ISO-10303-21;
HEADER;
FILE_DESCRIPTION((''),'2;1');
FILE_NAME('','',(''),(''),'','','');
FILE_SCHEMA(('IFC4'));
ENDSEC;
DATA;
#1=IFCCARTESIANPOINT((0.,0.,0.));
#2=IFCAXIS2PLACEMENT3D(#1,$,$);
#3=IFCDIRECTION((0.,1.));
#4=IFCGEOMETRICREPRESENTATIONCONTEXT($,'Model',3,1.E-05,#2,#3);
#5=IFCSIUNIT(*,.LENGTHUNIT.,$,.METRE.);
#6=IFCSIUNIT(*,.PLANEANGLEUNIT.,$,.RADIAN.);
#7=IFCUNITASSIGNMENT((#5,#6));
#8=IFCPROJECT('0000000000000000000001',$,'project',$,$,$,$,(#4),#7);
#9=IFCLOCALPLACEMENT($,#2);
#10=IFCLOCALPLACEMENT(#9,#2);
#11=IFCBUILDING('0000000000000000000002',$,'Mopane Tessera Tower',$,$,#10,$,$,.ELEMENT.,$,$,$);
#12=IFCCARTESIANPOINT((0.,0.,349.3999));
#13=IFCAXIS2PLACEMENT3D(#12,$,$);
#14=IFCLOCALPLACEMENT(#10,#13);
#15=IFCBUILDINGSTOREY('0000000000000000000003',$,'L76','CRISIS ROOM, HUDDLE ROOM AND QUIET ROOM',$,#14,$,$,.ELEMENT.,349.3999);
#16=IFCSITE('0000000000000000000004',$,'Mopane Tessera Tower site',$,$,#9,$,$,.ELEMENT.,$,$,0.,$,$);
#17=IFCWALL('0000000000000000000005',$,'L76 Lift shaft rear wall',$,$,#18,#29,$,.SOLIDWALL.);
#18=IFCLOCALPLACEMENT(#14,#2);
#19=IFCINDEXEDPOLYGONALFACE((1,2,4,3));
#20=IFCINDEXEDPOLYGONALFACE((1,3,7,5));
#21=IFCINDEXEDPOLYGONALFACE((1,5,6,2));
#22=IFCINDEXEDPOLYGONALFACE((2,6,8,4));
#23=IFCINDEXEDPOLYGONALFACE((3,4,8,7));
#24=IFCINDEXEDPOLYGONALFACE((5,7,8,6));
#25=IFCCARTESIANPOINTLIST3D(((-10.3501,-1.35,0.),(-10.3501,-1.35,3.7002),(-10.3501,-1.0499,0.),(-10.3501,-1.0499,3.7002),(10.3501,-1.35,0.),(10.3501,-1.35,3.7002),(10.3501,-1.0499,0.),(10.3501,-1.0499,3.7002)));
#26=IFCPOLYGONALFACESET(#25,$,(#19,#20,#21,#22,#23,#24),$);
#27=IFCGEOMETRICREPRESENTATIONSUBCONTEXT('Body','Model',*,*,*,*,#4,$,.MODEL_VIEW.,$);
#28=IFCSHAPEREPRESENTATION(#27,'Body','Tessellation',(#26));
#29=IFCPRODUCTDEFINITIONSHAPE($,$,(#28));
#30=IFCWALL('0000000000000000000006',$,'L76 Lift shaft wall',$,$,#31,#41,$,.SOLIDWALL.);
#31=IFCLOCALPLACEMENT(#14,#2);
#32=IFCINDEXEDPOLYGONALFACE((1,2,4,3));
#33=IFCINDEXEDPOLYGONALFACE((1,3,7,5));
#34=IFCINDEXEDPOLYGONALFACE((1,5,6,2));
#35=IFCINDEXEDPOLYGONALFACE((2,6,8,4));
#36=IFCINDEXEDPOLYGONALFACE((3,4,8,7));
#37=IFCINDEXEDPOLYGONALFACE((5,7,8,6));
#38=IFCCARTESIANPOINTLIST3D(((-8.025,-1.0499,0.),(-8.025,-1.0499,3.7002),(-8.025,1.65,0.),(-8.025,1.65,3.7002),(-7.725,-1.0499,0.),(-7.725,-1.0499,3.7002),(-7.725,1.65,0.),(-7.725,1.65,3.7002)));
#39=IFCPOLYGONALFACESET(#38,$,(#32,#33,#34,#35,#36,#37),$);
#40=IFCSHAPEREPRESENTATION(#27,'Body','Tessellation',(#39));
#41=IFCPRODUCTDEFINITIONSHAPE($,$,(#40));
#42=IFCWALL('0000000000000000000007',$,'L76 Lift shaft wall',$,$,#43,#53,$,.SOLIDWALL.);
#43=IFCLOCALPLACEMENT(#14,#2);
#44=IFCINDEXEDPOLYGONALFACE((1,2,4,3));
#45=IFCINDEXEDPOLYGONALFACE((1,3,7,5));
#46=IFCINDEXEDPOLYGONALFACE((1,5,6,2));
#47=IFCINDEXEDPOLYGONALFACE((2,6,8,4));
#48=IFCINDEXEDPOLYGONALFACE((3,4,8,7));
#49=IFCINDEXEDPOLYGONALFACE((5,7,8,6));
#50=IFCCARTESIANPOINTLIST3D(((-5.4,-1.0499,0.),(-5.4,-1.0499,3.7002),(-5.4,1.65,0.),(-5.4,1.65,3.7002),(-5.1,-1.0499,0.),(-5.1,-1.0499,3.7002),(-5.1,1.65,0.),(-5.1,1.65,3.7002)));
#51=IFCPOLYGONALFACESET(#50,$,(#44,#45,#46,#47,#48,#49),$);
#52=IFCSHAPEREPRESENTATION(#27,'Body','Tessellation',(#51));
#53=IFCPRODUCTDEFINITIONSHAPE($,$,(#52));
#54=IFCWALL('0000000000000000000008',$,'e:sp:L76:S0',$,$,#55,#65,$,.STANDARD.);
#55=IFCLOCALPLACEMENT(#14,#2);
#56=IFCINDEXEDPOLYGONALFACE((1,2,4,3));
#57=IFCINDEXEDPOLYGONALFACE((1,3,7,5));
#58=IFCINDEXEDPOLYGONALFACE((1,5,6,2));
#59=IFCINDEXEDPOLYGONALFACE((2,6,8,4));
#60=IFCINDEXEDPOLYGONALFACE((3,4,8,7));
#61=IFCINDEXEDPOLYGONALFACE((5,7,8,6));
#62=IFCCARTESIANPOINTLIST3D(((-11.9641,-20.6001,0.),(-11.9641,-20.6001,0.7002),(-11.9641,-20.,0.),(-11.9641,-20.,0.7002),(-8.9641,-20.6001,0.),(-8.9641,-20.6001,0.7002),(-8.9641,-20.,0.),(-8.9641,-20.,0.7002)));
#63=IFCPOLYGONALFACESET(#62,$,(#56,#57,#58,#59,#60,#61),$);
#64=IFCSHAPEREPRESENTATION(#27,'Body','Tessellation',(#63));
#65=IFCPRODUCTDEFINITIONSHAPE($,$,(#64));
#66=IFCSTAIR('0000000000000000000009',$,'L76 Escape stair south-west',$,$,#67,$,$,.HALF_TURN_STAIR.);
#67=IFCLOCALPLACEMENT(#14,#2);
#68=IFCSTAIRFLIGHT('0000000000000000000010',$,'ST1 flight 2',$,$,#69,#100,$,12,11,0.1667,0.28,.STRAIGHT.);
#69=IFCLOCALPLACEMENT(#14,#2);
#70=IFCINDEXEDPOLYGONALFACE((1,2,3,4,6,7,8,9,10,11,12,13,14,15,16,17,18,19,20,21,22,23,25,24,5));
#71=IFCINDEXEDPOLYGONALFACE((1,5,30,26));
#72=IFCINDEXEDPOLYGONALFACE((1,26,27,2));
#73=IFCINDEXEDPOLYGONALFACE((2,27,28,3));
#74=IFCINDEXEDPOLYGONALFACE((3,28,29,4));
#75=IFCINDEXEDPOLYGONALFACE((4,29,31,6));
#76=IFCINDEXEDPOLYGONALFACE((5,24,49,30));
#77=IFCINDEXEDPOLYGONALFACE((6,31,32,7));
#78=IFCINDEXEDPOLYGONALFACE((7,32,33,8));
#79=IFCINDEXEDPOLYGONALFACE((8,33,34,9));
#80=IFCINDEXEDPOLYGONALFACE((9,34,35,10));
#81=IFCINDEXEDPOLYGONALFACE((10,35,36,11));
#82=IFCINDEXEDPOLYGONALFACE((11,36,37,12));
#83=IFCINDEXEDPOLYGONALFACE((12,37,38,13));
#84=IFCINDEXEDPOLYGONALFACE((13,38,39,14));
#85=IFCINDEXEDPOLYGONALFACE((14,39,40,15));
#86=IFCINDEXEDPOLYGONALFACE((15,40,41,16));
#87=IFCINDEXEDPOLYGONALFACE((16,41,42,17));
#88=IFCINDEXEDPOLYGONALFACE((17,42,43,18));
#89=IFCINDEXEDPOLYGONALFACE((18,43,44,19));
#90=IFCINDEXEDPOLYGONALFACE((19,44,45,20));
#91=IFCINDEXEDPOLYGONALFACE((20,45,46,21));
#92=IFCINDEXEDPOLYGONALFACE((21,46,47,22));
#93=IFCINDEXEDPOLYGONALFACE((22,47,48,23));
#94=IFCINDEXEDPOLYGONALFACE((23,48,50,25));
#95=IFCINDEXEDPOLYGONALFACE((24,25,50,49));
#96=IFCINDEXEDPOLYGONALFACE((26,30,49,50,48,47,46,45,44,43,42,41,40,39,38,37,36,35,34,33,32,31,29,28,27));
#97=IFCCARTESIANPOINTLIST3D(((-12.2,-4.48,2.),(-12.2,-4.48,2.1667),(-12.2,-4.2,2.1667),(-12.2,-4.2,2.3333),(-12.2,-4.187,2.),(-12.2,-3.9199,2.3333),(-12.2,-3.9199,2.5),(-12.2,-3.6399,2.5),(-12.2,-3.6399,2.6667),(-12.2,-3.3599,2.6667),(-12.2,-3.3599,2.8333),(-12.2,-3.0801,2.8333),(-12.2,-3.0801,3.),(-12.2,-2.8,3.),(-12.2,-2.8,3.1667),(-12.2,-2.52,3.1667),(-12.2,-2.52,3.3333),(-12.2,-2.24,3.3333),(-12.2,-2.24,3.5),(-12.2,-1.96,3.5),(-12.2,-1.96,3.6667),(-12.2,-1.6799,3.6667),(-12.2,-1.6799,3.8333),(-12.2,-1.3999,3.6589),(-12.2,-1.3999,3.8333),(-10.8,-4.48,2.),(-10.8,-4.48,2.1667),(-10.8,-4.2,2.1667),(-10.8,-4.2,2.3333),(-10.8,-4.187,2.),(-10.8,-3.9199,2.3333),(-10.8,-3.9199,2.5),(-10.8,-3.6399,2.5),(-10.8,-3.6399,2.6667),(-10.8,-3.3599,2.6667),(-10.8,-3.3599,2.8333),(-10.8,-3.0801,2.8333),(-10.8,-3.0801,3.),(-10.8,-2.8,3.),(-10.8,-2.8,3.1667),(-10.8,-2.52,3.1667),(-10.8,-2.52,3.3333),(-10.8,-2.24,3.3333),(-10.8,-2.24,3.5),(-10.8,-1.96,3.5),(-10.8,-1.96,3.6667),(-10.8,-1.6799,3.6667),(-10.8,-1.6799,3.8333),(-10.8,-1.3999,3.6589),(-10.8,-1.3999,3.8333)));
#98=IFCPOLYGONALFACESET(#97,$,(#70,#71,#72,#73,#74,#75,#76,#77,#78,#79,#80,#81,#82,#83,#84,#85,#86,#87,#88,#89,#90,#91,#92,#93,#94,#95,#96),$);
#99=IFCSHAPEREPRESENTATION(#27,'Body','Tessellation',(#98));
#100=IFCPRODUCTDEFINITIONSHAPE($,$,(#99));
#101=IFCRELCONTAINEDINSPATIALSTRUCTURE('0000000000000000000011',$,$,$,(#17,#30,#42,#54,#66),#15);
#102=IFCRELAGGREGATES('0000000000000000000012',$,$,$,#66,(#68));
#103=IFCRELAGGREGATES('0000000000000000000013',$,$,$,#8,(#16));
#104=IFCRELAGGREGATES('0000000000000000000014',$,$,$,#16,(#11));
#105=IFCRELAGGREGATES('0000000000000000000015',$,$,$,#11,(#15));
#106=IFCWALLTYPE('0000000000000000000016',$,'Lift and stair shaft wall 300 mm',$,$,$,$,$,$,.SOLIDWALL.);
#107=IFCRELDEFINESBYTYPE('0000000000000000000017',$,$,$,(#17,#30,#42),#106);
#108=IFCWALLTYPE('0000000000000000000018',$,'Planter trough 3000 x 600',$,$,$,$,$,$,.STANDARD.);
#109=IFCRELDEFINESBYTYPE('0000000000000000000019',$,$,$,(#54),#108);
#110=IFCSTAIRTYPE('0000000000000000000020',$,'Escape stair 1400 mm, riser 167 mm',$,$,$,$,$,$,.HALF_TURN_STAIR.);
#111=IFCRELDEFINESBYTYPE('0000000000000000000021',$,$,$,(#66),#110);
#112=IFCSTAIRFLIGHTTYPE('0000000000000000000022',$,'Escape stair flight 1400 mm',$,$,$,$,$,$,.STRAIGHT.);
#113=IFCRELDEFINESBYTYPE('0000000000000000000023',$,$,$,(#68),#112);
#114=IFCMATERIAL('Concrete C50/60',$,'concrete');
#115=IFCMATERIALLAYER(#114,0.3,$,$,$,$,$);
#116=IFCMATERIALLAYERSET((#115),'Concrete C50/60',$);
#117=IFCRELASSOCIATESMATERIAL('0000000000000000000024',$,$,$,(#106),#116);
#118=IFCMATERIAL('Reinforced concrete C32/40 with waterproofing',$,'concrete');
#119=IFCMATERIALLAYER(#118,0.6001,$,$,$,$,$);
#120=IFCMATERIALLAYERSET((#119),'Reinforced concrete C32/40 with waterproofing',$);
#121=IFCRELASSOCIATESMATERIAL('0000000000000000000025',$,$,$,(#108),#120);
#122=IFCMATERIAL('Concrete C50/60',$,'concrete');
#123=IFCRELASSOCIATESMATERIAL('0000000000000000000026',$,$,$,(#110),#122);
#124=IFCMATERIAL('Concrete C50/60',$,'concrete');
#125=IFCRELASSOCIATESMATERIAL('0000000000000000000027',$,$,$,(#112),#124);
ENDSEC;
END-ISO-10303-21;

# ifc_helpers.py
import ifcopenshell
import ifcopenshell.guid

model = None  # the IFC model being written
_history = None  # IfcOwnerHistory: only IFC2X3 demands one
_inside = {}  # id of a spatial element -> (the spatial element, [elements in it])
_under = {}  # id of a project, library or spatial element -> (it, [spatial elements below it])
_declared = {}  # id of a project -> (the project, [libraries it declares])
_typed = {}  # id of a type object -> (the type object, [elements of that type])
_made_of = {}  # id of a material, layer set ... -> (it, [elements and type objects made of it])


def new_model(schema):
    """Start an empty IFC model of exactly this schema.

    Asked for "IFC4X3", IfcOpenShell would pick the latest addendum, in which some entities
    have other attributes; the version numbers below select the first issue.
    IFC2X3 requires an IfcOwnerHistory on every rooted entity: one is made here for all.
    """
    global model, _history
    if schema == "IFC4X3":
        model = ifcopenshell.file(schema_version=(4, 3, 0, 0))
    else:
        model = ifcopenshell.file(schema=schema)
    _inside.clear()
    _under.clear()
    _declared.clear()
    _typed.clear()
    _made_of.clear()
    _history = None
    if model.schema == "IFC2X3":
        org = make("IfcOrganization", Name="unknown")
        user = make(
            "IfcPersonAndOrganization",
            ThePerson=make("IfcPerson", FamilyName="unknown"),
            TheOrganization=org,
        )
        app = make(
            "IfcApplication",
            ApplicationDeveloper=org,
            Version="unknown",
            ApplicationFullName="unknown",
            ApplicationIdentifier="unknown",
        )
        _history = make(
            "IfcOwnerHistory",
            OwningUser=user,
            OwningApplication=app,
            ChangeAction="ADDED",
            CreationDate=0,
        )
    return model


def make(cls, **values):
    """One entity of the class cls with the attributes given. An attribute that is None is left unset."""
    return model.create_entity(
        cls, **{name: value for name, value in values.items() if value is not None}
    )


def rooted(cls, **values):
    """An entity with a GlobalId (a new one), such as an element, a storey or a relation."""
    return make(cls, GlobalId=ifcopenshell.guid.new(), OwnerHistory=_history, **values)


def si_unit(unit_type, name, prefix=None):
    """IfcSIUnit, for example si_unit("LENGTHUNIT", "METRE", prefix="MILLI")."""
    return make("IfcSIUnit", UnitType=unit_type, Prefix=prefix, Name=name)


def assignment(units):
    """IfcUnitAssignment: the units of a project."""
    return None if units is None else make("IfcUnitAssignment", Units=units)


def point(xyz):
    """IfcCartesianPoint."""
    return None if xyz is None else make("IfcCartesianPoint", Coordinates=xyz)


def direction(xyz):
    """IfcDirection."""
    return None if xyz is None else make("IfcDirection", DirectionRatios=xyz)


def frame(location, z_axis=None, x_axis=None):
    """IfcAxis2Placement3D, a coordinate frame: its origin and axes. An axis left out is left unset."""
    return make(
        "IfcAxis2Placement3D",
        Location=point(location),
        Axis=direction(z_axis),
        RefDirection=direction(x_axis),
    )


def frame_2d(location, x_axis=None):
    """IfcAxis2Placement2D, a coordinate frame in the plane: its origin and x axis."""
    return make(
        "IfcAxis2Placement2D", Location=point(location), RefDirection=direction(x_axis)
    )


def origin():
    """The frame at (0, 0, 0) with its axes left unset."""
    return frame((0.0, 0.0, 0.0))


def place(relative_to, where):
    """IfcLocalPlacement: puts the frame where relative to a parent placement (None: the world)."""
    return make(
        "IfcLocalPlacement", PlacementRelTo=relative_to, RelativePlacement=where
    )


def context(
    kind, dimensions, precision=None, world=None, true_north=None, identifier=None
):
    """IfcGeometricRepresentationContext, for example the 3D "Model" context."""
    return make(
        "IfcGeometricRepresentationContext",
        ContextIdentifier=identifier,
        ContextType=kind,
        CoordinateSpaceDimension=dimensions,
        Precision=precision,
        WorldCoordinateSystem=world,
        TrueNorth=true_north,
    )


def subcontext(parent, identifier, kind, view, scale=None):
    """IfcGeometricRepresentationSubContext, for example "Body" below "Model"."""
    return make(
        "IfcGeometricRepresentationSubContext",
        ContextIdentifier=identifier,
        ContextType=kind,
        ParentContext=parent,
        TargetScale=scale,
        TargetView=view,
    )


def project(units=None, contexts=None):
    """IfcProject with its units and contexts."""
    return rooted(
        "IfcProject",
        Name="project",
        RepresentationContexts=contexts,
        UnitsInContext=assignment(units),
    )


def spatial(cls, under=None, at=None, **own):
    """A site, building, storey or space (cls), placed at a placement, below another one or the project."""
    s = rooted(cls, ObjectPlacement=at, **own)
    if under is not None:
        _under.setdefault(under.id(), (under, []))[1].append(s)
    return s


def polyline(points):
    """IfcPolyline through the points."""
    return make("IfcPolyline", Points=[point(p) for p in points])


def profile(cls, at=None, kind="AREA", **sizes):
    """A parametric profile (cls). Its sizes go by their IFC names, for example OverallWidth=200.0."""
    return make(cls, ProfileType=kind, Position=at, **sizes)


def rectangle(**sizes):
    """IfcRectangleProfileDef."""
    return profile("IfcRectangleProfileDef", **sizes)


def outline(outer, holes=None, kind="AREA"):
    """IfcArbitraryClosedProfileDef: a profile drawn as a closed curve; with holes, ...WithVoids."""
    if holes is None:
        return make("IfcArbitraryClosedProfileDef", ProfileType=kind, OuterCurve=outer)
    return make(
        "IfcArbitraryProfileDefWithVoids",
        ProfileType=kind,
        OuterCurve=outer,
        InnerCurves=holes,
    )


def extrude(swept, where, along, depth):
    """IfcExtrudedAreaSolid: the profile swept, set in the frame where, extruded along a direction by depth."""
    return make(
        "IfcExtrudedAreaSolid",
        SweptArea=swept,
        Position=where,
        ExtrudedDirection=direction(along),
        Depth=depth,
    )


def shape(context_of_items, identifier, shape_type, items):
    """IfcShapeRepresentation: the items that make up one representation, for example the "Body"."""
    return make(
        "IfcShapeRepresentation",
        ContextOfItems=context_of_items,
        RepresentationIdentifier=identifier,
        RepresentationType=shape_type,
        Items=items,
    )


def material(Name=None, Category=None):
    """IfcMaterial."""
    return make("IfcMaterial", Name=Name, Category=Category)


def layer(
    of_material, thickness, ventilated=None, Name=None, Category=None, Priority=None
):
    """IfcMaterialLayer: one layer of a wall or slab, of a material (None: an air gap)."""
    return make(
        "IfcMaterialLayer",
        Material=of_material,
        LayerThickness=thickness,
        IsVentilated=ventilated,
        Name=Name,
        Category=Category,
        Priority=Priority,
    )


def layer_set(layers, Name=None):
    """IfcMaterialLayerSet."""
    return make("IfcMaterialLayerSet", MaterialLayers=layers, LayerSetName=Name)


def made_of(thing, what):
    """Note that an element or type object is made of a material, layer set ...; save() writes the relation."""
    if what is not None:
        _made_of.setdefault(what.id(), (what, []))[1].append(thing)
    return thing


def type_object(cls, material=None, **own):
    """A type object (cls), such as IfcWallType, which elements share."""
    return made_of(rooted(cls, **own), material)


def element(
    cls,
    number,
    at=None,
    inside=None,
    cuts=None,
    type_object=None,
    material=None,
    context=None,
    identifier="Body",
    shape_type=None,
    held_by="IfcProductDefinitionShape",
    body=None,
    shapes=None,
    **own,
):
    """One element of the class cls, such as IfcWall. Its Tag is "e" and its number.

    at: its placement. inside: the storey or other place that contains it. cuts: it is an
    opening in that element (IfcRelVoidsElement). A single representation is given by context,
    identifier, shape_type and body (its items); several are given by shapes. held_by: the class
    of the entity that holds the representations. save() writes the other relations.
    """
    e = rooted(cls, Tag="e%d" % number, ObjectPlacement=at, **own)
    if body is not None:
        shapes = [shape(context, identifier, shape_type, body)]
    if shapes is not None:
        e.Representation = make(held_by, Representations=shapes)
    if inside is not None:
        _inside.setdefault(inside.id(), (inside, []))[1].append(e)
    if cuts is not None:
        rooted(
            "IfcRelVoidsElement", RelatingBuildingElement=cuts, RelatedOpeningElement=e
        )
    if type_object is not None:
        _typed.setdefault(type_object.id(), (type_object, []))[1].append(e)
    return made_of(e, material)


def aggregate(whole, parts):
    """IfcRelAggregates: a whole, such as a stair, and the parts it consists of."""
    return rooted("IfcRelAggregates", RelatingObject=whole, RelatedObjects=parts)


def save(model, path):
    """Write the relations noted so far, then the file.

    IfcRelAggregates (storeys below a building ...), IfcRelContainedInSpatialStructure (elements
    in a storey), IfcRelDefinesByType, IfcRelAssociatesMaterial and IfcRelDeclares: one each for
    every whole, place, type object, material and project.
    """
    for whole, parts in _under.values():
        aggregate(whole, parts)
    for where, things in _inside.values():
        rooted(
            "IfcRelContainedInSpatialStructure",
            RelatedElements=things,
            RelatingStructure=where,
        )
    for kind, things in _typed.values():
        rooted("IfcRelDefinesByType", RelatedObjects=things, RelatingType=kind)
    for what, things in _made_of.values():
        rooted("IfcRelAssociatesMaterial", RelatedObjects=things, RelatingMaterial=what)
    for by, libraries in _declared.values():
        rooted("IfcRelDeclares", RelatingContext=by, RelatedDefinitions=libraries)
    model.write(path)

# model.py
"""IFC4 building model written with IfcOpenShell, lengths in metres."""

from ifc_helpers import new_model, si_unit, direction, frame, frame_2d, origin, place, context, subcontext, project, spatial, polyline, rectangle, outline, extrude, material, layer, layer_set, type_object, element, aggregate, save


model = new_model("IFC4")

# Units and contexts
model_context = context("Model", 3, precision=1e-05, world=origin(), true_north=direction((0.0, 1.0)))
body_context = subcontext(model_context, "Body", "Model", "MODEL_VIEW")
ifc_project = project(units=[si_unit("LENGTHUNIT", "METRE"), si_unit("PLANEANGLEUNIT", "RADIAN")], contexts=[model_context])

# Site, building, storey
site_placement = place(None, origin())
site = spatial("IfcSite", under=ifc_project, at=site_placement, Name="Mopane Tessera Tower site", CompositionType="ELEMENT", RefElevation=0.0)
building_placement = place(site_placement, origin())
building = spatial("IfcBuilding", under=site, at=building_placement, Name="Mopane Tessera Tower", CompositionType="ELEMENT")
storey_placement = place(building_placement, frame((0.0, 0.0, 349.3999)))
storey = spatial("IfcBuildingStorey", under=building, at=storey_placement, Name="L76", Description="CRISIS ROOM, HUDDLE ROOM AND QUIET ROOM", CompositionType="ELEMENT", Elevation=349.3999)

# Walls
ifc_material_1 = material(Name="Concrete C50/60", Category="concrete")
ifc_layer_1 = layer(ifc_material_1, 0.3)
ifc_layer_set_1 = layer_set([ifc_layer_1], Name="Concrete C50/60")
wall_type_1 = type_object("IfcWallType", Name="Lift and stair shaft wall 300 mm", PredefinedType="SOLIDWALL", material=ifc_layer_set_1)
wall_1_placement = place(storey_placement, frame((-10.3501, -1.2, 0.0), z_axis=(0.0, 0.0, 1.0), x_axis=(1.0, 0.0, 0.0)))
element("IfcWall", 1, at=wall_1_placement, inside=storey, type_object=wall_type_1, Name="L76 Lift shaft rear wall", PredefinedType="SOLIDWALL", context=body_context, shape_type="SweptSolid", body=[
    extrude(rectangle(XDim=20.7002, YDim=0.3, at=frame_2d((10.3501, 0.0))), origin(), (0.0, 0.0, 1.0), 3.7002),
])
for number, where, z_axis, x_axis, name in (
    (2, (-7.875, -1.05, 0.0), (0.0, 0.0, 1.0), (0.0, 1.0, 0.0), "L76 Lift shaft wall"),
    (3, (-5.25, -1.05, 0.0), (0.0, 0.0, 1.0), (0.0, 1.0, 0.0), "L76 Lift shaft wall"),
):
    element("IfcWall", number, at=place(storey_placement, frame(where, z_axis=z_axis, x_axis=x_axis)), inside=storey, type_object=wall_type_1, Name=name, PredefinedType="SOLIDWALL", context=body_context, shape_type="SweptSolid", body=[
        extrude(rectangle(XDim=2.7, YDim=0.3, at=frame_2d((1.3501, 0.0))), origin(), (0.0, 0.0, 1.0), 3.7002),
    ])
ifc_material_2 = material(Name="Reinforced concrete C32/40 with waterproofing", Category="concrete")
ifc_layer_2 = layer(ifc_material_2, 0.6001)
ifc_layer_set_2 = layer_set([ifc_layer_2], Name="Reinforced concrete C32/40 with waterproofing")
wall_type_2 = type_object("IfcWallType", Name="Planter trough 3000 x 600", PredefinedType="STANDARD", material=ifc_layer_set_2)
wall_2_placement = place(storey_placement, frame((-11.9641, -20.3, 0.0), z_axis=(0.0, 0.0, 1.0), x_axis=(1.0, 0.0, 0.0)))
element("IfcWall", 4, at=wall_2_placement, inside=storey, type_object=wall_type_2, Name="e:sp:L76:S0", PredefinedType="STANDARD", context=body_context, shape_type="SweptSolid", body=[
    extrude(rectangle(XDim=3.0, YDim=0.6001, at=frame_2d((1.5, 0.0))), origin(), (0.0, 0.0, 1.0), 0.7002),
])

# Stair, stair flight
ifc_material_3 = material(Name="Concrete C50/60", Category="concrete")
stair_type = type_object("IfcStairType", Name="Escape stair 1400 mm, riser 167 mm", PredefinedType="HALF_TURN_STAIR", material=ifc_material_3)
stair_placement = place(storey_placement, origin())
stair = element("IfcStair", 5, at=stair_placement, inside=storey, type_object=stair_type, Name="L76 Escape stair south-west", PredefinedType="HALF_TURN_STAIR")
ifc_material_4 = material(Name="Concrete C50/60", Category="concrete")
stair_flight_type = type_object("IfcStairFlightType", Name="Escape stair flight 1400 mm", PredefinedType="STRAIGHT", material=ifc_material_4)
stair_flight_placement = place(storey_placement, frame((-11.5, -4.48, 2.0), z_axis=(0.0, 0.0, 1.0), x_axis=(0.0, 1.0, 0.0)))
stair_flight = element("IfcStairFlight", 6, at=stair_flight_placement, type_object=stair_flight_type, Name="ST1 flight 2", NumberOfRisers=12, NumberOfTreads=11, PredefinedType="STRAIGHT", RiserHeight=0.1667, TreadLength=0.28, context=body_context, shape_type="SweptSolid", body=[
    extrude(outline(polyline([(0.0, 0.0), (0.0, 0.1667), (0.28, 0.1667), (0.28, 0.3333), (0.5601, 0.3333), (0.5601, 0.5), (0.8401, 0.5), (0.8401, 0.6667), (1.1201, 0.6667), (1.1201, 0.8333), (1.3999, 0.8333), (1.3999, 1.0), (1.6799, 1.0), (1.6799, 1.1667), (1.96, 1.1667), (1.96, 1.3333), (2.24, 1.3333), (2.24, 1.5), (2.52, 1.5), (2.52, 1.6667), (2.8, 1.6667), (2.8, 1.8333), (3.0801, 1.8333), (3.0801, 2.0), (3.0801, 1.6589), (0.293, 0.0), (0.0, 0.0)])), frame((0.0, 0.7, 0.0), z_axis=(0.0, -1.0, 0.0), x_axis=(1.0, 0.0, 0.0)), (0.0, 0.0, 1.0), 1.3999),
])
aggregate(stair, [stair_flight])

save(model, "model.ifc")
